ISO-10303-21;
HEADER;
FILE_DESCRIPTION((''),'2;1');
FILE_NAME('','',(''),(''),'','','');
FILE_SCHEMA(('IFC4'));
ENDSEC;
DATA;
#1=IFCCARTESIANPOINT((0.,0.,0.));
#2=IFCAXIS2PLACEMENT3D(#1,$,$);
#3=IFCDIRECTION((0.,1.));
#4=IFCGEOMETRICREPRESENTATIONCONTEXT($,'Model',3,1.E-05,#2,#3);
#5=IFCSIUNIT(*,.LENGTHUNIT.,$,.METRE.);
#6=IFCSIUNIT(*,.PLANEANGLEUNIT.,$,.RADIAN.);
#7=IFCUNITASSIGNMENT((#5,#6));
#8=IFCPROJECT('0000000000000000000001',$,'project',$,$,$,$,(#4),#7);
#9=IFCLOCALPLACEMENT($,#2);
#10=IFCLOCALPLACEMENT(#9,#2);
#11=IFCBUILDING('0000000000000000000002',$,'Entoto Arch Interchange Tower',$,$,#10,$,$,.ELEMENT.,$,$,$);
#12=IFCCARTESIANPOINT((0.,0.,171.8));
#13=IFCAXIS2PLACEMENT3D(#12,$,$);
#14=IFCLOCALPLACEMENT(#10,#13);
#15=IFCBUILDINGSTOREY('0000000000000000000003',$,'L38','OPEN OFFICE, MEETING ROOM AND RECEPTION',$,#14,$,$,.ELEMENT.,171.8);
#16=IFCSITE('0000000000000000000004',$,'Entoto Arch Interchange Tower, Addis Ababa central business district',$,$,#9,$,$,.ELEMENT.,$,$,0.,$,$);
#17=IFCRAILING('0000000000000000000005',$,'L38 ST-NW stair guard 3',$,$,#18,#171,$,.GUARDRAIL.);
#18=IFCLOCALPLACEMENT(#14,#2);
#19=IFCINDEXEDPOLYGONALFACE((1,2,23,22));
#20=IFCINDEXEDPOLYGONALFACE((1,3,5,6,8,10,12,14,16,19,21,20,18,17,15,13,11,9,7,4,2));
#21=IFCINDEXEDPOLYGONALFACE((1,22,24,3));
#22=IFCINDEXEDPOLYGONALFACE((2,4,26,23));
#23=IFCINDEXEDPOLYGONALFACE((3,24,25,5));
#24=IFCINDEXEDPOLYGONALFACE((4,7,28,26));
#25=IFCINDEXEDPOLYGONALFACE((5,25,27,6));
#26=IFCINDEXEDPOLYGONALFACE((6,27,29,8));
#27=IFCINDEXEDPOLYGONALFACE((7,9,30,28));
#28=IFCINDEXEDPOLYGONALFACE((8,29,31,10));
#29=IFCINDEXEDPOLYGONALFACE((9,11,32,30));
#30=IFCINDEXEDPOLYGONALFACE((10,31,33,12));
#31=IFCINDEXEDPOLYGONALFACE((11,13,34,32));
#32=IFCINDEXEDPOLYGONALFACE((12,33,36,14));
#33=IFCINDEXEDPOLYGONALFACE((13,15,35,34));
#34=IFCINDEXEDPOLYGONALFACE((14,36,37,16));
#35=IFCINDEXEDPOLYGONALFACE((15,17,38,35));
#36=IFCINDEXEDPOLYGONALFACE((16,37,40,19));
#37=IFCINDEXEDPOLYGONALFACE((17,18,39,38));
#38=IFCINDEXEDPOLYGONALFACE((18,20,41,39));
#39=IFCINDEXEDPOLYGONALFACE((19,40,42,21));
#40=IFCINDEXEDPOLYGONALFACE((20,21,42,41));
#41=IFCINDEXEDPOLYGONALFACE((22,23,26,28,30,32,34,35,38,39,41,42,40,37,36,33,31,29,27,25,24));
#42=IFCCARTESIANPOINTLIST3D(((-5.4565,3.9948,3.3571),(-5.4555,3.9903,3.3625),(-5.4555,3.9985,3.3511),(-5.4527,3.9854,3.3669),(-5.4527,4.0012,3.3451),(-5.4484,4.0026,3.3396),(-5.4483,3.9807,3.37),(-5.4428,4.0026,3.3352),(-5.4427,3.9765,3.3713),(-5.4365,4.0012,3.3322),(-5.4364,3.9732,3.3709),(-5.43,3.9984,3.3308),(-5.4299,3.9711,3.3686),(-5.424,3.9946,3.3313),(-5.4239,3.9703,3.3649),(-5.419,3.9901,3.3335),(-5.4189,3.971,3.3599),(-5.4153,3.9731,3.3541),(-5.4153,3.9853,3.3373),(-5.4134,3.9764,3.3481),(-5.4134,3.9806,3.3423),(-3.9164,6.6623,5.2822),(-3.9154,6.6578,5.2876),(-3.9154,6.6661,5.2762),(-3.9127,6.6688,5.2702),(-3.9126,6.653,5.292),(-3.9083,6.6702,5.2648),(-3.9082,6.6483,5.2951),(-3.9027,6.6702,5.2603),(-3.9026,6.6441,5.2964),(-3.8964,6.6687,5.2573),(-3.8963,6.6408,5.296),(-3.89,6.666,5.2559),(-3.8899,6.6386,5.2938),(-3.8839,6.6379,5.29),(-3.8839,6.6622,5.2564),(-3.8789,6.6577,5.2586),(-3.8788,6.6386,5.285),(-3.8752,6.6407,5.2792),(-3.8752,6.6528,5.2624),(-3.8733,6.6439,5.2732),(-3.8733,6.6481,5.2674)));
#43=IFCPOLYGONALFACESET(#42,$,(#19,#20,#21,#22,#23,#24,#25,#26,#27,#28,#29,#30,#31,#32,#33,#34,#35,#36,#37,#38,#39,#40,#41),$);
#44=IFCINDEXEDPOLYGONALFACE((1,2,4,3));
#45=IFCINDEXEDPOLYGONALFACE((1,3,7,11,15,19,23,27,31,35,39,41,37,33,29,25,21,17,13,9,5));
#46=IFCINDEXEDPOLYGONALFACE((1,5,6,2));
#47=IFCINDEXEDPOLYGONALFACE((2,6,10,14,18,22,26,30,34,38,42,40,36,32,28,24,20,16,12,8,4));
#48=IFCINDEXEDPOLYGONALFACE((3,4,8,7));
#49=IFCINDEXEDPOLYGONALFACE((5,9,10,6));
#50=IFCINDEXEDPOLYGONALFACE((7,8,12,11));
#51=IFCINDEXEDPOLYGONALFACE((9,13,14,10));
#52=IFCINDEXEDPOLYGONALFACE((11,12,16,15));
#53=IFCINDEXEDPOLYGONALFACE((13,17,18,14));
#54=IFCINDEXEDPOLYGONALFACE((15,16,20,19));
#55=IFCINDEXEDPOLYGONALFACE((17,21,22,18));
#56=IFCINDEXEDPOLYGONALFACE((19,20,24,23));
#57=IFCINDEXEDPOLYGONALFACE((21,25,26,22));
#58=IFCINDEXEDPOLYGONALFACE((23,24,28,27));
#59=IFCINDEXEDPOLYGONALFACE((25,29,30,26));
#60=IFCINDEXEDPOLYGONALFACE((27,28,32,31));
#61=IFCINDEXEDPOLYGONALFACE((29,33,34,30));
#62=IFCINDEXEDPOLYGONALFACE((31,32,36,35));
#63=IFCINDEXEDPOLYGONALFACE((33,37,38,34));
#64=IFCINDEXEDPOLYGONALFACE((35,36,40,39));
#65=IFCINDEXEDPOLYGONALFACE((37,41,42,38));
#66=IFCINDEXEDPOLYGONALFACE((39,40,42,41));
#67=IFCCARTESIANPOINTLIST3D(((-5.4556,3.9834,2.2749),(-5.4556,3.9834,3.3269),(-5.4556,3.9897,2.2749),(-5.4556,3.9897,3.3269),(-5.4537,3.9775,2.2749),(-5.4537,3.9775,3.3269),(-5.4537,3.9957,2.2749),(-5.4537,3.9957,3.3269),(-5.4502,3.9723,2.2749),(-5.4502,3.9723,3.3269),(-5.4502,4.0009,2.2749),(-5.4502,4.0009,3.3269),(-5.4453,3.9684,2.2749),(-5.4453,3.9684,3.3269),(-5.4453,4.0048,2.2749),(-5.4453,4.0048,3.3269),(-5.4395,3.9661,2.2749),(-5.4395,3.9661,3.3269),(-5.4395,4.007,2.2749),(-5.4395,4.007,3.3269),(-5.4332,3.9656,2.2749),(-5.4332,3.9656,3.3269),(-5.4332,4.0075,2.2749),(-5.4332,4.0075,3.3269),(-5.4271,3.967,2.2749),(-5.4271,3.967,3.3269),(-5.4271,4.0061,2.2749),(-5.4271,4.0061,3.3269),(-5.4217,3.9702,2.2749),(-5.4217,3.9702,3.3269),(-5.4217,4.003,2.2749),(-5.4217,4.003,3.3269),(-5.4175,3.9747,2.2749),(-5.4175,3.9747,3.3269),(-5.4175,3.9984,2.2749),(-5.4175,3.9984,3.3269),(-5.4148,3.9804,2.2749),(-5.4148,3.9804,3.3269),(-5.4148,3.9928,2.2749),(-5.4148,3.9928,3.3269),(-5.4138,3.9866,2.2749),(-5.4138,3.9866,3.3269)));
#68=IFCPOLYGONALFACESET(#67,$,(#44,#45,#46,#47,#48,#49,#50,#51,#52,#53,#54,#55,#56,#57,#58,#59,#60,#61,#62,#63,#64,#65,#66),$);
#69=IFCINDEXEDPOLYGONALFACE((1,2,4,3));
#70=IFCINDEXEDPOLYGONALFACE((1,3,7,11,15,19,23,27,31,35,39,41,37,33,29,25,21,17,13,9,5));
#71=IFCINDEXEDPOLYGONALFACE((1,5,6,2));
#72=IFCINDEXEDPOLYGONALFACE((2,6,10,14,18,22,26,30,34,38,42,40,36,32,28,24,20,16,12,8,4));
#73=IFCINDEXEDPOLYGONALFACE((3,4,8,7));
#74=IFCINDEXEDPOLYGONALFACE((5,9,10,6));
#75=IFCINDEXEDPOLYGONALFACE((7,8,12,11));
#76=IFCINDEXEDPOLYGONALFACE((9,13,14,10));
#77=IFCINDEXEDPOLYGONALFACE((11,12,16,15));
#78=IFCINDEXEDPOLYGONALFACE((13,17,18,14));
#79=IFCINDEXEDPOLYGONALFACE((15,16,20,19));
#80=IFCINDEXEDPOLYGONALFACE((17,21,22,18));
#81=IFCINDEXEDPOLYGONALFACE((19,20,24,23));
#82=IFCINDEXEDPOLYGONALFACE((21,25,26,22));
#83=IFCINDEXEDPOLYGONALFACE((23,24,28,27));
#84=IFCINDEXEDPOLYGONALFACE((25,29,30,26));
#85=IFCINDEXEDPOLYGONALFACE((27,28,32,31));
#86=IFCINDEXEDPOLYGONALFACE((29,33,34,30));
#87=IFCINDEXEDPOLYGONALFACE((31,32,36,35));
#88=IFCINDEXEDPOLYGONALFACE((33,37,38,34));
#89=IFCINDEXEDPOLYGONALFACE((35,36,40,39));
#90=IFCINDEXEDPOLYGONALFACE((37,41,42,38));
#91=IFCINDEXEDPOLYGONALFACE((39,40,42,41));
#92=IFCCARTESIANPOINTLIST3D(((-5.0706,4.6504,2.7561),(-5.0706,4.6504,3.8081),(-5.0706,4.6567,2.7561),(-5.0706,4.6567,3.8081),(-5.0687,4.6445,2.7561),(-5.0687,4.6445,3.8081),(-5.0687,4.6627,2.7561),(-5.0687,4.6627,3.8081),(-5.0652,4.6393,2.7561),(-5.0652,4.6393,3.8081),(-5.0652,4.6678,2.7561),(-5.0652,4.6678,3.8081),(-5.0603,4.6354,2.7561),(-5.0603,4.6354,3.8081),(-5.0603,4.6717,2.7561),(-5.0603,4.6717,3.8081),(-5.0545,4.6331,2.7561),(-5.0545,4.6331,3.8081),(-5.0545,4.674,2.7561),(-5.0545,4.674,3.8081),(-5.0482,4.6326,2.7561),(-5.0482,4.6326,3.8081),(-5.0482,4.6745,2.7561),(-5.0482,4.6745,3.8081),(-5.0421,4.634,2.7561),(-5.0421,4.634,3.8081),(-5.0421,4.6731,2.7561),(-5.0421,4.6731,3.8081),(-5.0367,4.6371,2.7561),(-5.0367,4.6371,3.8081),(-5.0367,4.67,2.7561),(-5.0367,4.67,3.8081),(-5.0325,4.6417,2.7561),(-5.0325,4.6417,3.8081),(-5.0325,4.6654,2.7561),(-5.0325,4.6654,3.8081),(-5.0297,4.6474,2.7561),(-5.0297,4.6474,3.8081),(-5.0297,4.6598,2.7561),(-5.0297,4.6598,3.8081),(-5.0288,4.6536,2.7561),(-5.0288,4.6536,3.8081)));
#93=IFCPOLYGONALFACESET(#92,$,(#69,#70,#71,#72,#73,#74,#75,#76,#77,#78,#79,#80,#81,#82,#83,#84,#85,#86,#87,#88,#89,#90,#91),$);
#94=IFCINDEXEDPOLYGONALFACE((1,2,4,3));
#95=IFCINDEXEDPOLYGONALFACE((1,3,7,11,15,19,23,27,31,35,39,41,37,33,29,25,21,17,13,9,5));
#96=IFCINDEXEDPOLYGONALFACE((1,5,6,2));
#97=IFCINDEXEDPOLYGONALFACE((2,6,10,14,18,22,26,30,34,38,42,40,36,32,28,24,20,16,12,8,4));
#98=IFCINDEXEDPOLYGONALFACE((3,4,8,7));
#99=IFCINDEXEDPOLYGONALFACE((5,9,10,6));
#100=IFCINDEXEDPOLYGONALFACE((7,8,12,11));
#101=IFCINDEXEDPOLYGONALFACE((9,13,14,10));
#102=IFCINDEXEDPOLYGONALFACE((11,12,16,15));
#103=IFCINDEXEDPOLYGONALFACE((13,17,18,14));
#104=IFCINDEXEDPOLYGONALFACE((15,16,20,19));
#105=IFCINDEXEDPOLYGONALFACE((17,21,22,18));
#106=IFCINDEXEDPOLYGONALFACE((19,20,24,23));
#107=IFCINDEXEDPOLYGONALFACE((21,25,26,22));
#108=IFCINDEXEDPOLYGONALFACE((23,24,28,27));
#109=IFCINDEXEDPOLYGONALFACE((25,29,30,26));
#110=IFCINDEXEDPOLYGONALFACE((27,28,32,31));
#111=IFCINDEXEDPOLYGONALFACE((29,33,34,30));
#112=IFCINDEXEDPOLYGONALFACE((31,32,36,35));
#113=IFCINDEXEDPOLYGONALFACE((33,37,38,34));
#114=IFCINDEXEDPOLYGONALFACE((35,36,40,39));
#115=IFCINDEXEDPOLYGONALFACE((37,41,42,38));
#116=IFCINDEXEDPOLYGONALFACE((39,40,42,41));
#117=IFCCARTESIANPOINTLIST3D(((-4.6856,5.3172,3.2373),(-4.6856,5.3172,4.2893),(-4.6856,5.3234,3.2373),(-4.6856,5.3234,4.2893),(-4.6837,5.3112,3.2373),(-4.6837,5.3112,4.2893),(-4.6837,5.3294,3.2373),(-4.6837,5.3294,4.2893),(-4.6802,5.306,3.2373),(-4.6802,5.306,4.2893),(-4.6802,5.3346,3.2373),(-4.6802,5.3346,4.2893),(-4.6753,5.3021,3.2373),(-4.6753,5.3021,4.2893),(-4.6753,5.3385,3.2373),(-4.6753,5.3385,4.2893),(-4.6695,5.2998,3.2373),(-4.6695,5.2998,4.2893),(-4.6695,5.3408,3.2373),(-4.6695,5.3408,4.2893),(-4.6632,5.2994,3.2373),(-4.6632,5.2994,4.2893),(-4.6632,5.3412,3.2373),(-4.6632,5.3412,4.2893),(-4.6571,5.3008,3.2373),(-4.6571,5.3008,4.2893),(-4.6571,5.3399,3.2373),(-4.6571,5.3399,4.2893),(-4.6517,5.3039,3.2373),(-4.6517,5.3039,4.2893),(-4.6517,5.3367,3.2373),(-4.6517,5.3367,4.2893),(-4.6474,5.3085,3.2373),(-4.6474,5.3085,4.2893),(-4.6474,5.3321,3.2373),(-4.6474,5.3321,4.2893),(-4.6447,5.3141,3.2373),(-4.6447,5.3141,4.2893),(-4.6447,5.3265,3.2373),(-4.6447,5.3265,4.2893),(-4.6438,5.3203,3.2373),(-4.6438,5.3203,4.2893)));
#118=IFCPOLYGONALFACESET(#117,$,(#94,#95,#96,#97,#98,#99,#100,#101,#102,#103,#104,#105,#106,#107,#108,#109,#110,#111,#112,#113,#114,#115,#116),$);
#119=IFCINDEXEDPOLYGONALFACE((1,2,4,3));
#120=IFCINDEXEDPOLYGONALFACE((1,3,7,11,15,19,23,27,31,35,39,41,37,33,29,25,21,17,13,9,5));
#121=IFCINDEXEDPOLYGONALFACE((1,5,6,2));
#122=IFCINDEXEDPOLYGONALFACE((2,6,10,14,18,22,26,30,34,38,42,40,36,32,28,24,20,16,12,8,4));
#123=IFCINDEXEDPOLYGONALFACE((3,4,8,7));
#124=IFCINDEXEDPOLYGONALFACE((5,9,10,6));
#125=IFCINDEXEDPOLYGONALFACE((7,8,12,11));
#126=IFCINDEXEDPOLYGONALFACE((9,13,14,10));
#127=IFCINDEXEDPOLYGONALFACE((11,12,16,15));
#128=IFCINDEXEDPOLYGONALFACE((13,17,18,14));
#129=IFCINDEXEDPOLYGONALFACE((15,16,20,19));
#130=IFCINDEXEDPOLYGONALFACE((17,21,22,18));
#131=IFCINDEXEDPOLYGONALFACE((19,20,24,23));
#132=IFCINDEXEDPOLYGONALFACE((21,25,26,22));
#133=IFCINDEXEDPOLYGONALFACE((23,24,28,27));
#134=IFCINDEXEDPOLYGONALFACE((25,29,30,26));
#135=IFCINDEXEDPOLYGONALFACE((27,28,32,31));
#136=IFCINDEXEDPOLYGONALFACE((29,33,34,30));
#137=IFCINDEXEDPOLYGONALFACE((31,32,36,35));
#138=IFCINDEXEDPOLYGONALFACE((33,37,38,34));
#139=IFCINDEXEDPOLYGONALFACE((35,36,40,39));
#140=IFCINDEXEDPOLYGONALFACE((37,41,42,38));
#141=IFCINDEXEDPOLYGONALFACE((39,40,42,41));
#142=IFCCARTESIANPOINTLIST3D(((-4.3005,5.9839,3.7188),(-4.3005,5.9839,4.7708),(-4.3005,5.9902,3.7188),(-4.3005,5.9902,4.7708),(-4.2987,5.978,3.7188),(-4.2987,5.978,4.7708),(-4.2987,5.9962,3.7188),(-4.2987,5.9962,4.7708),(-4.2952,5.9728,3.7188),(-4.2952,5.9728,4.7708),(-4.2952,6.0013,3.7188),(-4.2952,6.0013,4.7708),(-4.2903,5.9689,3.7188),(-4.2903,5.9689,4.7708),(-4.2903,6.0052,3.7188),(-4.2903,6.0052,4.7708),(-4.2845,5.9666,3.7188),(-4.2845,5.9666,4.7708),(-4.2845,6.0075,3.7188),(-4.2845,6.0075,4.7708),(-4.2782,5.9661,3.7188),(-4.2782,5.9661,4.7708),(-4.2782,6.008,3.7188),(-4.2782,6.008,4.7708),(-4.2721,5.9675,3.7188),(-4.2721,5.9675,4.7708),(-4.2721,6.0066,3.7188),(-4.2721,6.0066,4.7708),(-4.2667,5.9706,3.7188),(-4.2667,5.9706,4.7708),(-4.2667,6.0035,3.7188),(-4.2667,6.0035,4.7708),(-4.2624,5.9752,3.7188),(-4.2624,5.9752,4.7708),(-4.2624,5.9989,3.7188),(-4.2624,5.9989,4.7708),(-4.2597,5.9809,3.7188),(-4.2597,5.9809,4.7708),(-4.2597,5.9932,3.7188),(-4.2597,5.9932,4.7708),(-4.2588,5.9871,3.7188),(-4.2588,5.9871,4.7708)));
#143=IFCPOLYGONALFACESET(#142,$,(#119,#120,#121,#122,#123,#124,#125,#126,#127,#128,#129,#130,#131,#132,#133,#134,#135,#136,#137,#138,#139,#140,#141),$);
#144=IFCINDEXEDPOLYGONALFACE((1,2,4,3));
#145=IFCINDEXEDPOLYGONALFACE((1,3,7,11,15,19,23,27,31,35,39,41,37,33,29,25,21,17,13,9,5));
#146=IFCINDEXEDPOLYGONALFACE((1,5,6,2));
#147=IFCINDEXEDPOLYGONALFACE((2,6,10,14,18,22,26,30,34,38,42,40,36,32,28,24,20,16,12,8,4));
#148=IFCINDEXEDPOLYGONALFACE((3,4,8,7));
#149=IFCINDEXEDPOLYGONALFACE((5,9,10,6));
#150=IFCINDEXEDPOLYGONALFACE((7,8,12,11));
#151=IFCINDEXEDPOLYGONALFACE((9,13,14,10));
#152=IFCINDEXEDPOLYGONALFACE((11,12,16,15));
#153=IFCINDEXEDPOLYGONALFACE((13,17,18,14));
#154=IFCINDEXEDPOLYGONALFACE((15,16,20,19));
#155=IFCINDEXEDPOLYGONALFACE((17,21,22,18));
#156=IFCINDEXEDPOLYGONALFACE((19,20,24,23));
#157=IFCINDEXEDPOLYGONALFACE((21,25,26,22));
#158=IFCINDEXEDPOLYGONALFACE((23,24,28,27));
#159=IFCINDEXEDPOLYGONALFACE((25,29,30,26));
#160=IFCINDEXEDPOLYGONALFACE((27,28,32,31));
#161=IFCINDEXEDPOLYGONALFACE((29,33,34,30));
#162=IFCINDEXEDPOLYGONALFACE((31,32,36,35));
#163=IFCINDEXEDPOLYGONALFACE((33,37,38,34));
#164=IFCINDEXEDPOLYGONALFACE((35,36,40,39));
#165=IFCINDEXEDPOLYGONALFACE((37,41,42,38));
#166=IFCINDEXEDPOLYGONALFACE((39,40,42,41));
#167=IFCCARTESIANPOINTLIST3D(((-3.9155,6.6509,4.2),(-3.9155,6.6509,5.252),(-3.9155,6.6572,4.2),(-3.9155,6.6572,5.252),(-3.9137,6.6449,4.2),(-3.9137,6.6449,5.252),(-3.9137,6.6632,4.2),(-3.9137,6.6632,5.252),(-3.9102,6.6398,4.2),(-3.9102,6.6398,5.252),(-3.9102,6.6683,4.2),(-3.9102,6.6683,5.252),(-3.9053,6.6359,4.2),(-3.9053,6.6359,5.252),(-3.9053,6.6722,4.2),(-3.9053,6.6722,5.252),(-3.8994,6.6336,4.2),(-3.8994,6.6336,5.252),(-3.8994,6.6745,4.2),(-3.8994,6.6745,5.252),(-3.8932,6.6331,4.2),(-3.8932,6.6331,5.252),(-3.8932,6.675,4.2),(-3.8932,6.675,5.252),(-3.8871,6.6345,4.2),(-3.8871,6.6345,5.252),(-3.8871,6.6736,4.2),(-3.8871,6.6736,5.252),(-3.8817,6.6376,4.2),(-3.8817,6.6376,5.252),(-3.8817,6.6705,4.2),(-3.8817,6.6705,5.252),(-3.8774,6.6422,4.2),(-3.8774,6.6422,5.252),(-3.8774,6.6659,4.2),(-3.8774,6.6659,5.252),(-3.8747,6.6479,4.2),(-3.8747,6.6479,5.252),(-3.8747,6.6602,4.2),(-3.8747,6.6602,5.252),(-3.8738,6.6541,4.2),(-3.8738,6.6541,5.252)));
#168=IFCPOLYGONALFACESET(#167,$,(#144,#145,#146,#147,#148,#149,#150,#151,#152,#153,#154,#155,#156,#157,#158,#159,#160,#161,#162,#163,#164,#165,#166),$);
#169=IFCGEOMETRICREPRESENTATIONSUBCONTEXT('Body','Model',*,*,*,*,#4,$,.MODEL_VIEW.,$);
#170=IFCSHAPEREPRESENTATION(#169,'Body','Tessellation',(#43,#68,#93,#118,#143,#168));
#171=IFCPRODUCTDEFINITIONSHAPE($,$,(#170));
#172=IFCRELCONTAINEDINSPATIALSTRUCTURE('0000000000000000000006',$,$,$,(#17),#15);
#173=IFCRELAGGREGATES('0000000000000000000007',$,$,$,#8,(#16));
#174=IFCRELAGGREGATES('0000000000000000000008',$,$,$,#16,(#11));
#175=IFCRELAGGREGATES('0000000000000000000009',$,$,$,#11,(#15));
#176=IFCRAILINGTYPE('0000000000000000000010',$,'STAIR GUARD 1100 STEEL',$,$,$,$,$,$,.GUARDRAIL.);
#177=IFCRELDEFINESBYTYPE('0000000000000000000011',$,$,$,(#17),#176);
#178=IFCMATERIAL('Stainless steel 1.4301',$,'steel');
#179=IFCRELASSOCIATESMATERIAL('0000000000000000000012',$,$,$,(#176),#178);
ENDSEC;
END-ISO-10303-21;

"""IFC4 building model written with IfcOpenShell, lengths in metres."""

from ifc_helpers import new_model, si_unit, direction, frame, origin, origin_2d, place, context, subcontext, project, spatial, circle, extrude, material, type_object, element, save


model = new_model("IFC4")

# Units and contexts
model_context = context("Model", 3, precision=1e-05, world=origin(), true_north=direction((0.0, 1.0)))
body_context = subcontext(model_context, "Body", "Model", "MODEL_VIEW")
ifc_project = project(units=[si_unit("LENGTHUNIT", "METRE"), si_unit("PLANEANGLEUNIT", "RADIAN")], contexts=[model_context])

# Site, building, storey
site_placement = place(None, origin())
site = spatial("IfcSite", under=ifc_project, at=site_placement, Name="Entoto Arch Interchange Tower, Addis Ababa central business district", CompositionType="ELEMENT", RefElevation=0.0)
building_placement = place(site_placement, origin())
building = spatial("IfcBuilding", under=site, at=building_placement, Name="Entoto Arch Interchange Tower", CompositionType="ELEMENT")
storey_placement = place(building_placement, frame((0.0, 0.0, 171.8)))
storey = spatial("IfcBuildingStorey", under=building, at=storey_placement, Name="L38", Description="OPEN OFFICE, MEETING ROOM AND RECEPTION", CompositionType="ELEMENT", Elevation=171.8)

# Railing
ifc_material_1 = material(Name="Stainless steel 1.4301", Category="steel")
railing_type_1 = type_object("IfcRailingType", Name="STAIR GUARD 1100 STEEL", PredefinedType="GUARDRAIL", material=ifc_material_1)
railing_1_placement = place(storey_placement, frame((-5.4348, 3.9866, 2.2749)))
element("IfcRailing", 1, at=railing_1_placement, inside=storey, type_object=railing_type_1, Name="L38 ST-NW stair guard 3", PredefinedType="GUARDRAIL", context=body_context, shape_type="SweptSolid", body=[
    extrude(circle(Radius=0.0239, at=origin_2d()), frame((0.0, 0.0, 1.0762), z_axis=(0.423994, 0.734395, 0.529993), x_axis=(-0.86603, 0.499992, 0.0)), (0.0, 0.0, 1.0), 3.6323),
    extrude(circle(Radius=0.021, at=origin_2d()), origin(), (0.0, 0.0, 1.0), 1.052),
    extrude(circle(Radius=0.021, at=origin_2d()), frame((0.385, 0.667, 0.4812)), (0.0, 0.0, 1.0), 1.052),
    extrude(circle(Radius=0.021, at=origin_2d()), frame((0.77, 1.3337, 0.9624)), (0.0, 0.0, 1.0), 1.052),
    extrude(circle(Radius=0.021, at=origin_2d()), frame((1.155, 2.0005, 1.4438)), (0.0, 0.0, 1.0), 1.052),
    extrude(circle(Radius=0.021, at=origin_2d()), frame((1.54, 2.6675, 1.925)), (0.0, 0.0, 1.0), 1.052),
])

save(model, "model.ifc")
